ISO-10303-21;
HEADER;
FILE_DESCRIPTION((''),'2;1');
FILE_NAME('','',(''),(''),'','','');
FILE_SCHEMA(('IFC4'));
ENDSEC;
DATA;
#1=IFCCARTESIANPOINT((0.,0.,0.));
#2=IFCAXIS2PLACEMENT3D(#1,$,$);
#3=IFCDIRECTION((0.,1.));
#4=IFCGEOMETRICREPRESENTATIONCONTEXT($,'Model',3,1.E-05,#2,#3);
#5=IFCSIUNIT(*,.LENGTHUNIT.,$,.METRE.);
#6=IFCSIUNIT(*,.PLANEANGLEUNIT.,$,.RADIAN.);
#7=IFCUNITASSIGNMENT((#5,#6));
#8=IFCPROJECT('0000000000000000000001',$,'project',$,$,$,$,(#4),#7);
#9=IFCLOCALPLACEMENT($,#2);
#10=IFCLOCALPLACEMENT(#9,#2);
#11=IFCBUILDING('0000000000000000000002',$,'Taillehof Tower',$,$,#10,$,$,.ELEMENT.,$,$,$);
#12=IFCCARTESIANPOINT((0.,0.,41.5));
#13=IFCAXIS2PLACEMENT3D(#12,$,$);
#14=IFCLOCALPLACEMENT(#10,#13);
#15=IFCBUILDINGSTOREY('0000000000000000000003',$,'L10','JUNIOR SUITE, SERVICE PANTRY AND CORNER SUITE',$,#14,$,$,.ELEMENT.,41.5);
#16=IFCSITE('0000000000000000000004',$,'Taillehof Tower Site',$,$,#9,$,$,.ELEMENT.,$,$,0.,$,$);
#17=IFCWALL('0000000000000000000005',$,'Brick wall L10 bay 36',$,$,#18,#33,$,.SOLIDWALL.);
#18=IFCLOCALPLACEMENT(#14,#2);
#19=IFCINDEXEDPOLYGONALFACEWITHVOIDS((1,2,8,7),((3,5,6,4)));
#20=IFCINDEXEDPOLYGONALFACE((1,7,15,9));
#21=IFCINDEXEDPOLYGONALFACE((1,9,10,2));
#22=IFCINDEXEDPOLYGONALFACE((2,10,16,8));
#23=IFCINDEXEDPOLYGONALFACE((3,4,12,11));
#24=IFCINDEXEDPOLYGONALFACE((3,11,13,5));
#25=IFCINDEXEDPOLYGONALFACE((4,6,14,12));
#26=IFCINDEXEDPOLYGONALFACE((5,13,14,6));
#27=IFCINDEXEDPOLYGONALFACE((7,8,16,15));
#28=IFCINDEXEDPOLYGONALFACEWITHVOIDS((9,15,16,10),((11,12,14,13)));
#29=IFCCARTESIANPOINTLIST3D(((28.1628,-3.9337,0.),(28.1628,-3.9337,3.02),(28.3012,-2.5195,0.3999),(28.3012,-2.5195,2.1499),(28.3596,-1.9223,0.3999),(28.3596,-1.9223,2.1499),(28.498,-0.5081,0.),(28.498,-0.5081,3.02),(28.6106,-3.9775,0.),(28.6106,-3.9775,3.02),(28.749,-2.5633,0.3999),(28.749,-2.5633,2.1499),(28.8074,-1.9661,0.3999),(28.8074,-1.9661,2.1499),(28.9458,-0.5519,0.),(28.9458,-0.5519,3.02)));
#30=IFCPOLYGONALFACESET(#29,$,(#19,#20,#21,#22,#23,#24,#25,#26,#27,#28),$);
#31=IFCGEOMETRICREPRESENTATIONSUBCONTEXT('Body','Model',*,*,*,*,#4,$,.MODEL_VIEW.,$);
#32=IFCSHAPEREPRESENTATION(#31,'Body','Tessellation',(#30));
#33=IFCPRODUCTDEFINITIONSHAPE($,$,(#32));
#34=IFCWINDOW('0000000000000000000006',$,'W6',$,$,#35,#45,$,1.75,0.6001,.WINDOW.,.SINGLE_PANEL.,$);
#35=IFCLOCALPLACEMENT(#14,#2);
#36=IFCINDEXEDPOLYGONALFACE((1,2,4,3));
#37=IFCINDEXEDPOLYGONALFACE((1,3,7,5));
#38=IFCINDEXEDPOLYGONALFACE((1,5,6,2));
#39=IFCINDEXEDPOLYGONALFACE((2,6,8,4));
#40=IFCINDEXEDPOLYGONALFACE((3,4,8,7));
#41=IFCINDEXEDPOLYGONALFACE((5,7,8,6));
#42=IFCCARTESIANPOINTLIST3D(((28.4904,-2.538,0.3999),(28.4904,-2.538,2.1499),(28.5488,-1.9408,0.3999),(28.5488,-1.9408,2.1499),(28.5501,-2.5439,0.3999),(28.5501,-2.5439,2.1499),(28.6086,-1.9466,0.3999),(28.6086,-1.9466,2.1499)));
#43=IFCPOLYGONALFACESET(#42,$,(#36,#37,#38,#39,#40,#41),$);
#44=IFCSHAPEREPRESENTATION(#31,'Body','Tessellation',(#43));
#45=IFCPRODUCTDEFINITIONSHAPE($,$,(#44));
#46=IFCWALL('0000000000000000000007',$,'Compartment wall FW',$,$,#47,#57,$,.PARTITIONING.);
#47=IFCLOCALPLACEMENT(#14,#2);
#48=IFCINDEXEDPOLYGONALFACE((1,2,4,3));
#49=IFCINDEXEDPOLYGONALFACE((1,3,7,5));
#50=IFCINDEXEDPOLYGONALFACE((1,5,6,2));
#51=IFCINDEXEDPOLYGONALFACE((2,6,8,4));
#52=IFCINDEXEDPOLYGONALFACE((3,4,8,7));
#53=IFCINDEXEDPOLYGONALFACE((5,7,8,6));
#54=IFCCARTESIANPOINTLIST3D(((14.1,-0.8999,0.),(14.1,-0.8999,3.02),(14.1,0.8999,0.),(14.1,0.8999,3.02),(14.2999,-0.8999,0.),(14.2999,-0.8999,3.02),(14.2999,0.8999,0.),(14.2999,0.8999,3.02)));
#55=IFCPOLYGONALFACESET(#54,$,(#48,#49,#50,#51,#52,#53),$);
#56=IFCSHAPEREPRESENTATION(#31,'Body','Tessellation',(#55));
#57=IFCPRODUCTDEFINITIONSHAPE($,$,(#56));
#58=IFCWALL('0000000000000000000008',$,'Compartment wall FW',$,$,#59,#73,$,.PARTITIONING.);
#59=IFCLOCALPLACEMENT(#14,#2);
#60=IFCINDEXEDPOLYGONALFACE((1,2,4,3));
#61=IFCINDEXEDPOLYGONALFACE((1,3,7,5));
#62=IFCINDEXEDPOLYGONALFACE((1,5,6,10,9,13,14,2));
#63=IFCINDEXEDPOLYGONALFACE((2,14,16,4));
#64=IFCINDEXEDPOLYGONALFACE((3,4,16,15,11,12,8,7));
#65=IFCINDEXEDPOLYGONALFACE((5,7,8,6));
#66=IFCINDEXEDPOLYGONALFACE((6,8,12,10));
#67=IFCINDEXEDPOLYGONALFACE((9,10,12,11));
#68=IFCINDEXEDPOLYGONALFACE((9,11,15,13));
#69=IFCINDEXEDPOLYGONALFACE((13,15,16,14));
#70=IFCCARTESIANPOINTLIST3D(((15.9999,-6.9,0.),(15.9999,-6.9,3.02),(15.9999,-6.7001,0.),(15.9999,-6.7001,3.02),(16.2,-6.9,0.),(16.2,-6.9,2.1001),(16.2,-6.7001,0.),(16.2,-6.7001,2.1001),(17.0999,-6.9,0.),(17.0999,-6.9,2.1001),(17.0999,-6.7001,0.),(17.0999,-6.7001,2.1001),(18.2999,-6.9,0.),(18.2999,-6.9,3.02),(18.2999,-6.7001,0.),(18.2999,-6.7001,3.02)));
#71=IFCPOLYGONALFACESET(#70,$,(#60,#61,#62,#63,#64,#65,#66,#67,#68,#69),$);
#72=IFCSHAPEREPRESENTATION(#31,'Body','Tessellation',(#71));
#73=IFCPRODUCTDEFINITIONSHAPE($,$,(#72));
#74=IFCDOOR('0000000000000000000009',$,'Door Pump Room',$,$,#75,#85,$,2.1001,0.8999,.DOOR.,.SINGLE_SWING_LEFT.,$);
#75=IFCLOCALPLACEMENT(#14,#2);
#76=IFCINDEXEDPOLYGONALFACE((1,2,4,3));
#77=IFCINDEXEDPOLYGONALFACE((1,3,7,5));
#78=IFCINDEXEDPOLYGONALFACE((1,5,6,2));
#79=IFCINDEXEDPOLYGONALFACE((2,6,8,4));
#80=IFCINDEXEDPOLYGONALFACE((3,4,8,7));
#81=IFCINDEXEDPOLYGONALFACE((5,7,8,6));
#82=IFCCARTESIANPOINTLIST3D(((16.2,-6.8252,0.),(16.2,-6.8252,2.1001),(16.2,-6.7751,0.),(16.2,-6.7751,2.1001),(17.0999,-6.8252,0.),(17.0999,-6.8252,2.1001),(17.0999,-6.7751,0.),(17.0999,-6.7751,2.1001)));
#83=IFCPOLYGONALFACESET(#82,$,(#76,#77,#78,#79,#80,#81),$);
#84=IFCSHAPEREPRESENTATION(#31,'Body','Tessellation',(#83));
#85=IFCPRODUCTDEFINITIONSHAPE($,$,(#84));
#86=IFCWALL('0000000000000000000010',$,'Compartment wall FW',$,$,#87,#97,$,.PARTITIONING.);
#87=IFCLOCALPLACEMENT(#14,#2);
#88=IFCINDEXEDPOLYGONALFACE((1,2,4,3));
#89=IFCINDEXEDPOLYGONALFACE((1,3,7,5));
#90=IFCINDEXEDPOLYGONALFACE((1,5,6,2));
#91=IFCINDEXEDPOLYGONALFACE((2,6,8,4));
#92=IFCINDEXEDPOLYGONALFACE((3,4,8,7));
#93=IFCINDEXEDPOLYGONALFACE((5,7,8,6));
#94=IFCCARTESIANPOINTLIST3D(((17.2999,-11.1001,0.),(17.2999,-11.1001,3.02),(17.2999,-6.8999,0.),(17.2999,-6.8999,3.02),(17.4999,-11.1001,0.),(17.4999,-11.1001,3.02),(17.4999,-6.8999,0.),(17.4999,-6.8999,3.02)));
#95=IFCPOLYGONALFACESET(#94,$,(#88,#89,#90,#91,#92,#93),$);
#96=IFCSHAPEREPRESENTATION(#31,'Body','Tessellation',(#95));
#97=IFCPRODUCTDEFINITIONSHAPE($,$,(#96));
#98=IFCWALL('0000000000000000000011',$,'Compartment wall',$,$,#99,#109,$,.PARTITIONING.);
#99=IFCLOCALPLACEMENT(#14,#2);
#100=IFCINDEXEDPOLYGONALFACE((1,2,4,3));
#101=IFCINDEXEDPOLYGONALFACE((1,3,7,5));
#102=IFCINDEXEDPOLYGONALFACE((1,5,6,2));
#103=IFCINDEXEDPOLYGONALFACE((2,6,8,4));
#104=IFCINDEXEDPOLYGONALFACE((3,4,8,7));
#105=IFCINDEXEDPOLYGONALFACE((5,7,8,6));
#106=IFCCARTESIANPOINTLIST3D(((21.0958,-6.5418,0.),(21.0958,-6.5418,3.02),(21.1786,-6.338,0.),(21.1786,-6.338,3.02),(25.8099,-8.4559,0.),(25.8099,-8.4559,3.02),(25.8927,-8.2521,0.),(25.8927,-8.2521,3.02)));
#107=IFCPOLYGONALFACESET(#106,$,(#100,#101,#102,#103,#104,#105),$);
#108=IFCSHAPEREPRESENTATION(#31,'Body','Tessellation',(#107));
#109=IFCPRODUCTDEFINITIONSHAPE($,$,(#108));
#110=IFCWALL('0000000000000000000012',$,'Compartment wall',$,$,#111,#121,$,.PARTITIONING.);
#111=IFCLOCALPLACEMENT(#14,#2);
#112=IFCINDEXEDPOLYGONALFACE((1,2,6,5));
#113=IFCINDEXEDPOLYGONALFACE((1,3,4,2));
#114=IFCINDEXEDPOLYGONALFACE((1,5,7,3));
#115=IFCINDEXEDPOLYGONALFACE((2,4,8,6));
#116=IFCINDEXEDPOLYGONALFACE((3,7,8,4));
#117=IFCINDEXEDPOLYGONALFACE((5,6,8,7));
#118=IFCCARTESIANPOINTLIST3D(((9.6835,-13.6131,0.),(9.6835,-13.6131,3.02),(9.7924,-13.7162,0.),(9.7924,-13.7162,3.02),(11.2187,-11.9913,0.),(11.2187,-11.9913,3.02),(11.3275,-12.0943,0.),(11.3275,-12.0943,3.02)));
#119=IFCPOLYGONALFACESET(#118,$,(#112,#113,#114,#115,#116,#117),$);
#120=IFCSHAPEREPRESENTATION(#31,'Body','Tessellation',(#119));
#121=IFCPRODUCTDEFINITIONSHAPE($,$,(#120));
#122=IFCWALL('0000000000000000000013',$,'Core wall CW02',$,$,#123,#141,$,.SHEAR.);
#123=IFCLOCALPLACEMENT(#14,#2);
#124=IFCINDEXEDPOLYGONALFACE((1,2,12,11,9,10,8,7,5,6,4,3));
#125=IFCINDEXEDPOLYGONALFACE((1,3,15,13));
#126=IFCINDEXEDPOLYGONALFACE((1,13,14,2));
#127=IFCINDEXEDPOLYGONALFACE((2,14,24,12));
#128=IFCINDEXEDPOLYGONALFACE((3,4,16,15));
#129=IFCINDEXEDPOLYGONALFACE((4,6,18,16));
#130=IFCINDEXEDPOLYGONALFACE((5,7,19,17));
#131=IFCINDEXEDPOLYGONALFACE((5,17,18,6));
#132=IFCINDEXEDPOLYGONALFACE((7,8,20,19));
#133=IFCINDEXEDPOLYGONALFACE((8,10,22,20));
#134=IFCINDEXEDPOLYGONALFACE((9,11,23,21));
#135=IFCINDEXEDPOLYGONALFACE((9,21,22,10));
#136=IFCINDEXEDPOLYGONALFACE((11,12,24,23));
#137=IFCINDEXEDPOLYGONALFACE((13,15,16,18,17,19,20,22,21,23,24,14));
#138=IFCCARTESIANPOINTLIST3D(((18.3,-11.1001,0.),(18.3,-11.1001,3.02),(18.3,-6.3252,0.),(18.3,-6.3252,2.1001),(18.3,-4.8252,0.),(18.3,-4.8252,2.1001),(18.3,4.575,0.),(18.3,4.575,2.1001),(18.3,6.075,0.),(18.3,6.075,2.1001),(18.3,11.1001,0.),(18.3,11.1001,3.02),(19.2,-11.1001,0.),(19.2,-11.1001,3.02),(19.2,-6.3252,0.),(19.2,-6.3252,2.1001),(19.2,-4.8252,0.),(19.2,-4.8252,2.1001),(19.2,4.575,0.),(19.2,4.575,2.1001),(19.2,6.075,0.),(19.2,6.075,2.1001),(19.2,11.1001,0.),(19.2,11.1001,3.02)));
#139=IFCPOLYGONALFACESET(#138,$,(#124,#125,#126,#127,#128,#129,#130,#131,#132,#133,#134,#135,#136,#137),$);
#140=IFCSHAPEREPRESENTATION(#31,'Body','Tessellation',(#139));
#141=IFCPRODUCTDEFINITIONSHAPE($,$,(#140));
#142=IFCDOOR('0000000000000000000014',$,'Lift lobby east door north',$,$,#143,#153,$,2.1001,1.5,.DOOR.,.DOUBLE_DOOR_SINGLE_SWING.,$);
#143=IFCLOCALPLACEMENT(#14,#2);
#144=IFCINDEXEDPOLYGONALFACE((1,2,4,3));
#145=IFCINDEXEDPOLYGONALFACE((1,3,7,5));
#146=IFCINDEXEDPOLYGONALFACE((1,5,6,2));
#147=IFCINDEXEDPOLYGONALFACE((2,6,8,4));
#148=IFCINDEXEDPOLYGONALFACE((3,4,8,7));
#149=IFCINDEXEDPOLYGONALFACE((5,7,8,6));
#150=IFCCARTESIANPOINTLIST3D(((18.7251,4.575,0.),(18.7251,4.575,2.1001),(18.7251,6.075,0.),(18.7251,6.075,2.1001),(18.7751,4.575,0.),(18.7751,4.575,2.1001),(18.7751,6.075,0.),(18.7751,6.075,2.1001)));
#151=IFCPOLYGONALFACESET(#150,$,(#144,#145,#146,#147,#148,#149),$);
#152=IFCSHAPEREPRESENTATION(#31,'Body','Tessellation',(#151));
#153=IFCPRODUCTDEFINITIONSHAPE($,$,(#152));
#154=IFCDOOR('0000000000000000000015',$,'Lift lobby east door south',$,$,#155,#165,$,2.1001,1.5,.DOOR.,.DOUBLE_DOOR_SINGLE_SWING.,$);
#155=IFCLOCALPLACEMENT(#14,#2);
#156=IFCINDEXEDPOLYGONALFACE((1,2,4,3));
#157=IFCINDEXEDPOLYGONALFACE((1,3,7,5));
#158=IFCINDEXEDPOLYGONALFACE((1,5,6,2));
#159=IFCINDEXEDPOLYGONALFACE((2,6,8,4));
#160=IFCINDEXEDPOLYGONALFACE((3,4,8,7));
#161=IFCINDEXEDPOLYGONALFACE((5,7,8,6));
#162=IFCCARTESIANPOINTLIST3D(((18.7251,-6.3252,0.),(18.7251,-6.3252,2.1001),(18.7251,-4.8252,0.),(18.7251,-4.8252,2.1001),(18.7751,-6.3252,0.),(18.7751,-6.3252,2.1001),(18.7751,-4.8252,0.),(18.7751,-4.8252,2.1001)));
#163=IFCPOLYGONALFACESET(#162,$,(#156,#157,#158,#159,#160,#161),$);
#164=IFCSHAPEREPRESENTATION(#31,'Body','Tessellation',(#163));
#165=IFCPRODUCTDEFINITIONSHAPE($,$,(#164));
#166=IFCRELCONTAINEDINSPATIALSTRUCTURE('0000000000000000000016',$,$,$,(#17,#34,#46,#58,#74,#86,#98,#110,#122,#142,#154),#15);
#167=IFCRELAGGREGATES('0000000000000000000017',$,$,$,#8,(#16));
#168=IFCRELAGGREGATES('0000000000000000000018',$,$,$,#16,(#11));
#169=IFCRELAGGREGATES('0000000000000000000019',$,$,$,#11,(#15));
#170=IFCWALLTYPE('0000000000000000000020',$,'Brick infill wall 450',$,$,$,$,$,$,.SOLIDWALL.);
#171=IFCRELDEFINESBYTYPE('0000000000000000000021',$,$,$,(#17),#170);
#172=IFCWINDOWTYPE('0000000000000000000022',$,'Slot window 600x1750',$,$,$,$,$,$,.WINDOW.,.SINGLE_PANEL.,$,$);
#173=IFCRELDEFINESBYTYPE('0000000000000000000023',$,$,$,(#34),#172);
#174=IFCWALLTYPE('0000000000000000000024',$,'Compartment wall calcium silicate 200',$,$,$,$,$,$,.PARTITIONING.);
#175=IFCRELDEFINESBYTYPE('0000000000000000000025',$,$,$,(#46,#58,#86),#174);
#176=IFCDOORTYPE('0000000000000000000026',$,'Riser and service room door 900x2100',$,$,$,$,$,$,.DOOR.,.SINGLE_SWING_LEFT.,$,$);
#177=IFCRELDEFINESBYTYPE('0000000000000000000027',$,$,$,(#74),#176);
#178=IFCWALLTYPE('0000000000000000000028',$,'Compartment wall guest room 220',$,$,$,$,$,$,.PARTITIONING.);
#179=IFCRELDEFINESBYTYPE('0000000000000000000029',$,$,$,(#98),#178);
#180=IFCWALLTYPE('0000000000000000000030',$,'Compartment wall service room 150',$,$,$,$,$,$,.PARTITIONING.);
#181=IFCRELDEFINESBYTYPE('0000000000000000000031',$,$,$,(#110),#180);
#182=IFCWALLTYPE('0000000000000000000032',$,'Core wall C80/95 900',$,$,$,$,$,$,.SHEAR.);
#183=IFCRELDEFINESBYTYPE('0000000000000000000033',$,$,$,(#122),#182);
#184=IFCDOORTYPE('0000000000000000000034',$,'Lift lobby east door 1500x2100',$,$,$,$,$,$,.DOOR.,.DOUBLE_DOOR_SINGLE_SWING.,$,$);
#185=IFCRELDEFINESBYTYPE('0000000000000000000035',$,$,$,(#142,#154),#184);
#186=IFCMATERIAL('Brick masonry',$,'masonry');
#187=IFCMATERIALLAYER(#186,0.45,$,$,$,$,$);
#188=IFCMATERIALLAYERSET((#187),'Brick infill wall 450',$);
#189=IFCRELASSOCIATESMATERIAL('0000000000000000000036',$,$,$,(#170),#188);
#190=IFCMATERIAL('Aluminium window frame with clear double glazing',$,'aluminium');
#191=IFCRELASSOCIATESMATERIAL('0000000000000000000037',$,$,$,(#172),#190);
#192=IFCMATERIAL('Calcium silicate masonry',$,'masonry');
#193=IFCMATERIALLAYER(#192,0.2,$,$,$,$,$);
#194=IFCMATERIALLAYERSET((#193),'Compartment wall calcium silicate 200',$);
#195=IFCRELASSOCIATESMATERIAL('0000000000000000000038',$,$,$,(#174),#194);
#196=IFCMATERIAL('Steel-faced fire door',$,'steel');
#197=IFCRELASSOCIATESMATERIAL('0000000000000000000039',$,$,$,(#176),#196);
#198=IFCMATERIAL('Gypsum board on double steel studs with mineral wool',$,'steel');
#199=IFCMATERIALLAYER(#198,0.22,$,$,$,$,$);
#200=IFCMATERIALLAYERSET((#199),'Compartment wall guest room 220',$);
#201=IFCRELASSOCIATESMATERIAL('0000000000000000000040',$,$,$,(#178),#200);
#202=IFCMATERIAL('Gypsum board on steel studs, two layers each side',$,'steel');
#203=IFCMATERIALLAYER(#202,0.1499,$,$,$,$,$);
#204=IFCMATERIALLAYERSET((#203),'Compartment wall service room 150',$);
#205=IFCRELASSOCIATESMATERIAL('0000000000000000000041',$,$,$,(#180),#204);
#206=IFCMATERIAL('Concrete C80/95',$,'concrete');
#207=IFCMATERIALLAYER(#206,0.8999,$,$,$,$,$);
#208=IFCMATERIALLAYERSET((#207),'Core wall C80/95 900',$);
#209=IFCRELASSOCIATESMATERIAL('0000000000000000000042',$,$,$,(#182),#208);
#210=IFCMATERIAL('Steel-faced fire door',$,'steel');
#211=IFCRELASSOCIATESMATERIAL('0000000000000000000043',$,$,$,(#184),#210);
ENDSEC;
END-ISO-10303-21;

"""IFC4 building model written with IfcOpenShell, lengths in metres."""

from ifc_helpers import new_model, si_unit, direction, frame, frame_2d, origin, place, context, subcontext, project, spatial, rectangle, extrude, material, layer, layer_set, type_object, element, fill, save


model = new_model("IFC4")

# Units and contexts
model_context = context("Model", 3, precision=1e-05, world=origin(), true_north=direction((0.0, 1.0)))
body_context = subcontext(model_context, "Body", "Model", "MODEL_VIEW")
ifc_project = project(units=[si_unit("LENGTHUNIT", "METRE"), si_unit("PLANEANGLEUNIT", "RADIAN")], contexts=[model_context])

# Site, building, storey
site_placement = place(None, origin())
site = spatial("IfcSite", under=ifc_project, at=site_placement, Name="Taillehof Tower Site", CompositionType="ELEMENT", RefElevation=0.0)
building_placement = place(site_placement, origin())
building = spatial("IfcBuilding", under=site, at=building_placement, Name="Taillehof Tower", CompositionType="ELEMENT")
storey_placement = place(building_placement, frame((0.0, 0.0, 41.5)))
storey = spatial("IfcBuildingStorey", under=building, at=storey_placement, Name="L10", Description="JUNIOR SUITE, SERVICE PANTRY AND CORNER SUITE", CompositionType="ELEMENT", Elevation=41.5)

# Shared definitions
ifc_material_1 = material(Name="Brick masonry", Category="masonry")
ifc_layer_1 = layer(ifc_material_1, 0.45)
ifc_layer_set_1 = layer_set([ifc_layer_1], Name="Brick infill wall 450")
wall_type_1 = type_object("IfcWallType", Name="Brick infill wall 450", PredefinedType="SOLIDWALL", material=ifc_layer_set_1)
ifc_material_2 = material(Name="Aluminium window frame with clear double glazing", Category="aluminium")
window_type = type_object("IfcWindowType", Name="Slot window 600x1750", PartitioningType="SINGLE_PANEL", PredefinedType="WINDOW", material=ifc_material_2)

# Wall, opening, window
wall_1_placement = place(storey_placement, frame((28.3867, -3.9556, 0.0), z_axis=(0.0, 0.0, 1.0), x_axis=(0.09739, 0.995246, 0.0)))
wall_1 = element("IfcWall", 1, at=wall_1_placement, inside=storey, type_object=wall_type_1, Name="Brick wall L10 bay 36", PredefinedType="SOLIDWALL", context=body_context, shape_type="SweptSolid", body=[
    extrude(rectangle(XDim=3.4419, YDim=0.45, at=frame_2d((1.7209, 0.0))), origin(), (0.0, 0.0, 1.0), 3.02),
])
opening_1_placement = place(wall_1_placement, frame((1.4209, 0.0, 0.3999)))
opening_1 = element("IfcOpeningElement", 2, at=opening_1_placement, cuts=wall_1, PredefinedType="OPENING", context=body_context, shape_type="SweptSolid", body=[
    extrude(rectangle(XDim=0.6001, YDim=1.75, at=frame_2d((0.3, 0.875))), frame((0.0, 0.2349, 0.0), z_axis=(0.0, -1.0, 0.0), x_axis=(1.0, 0.0, 0.0)), (0.0, 0.0, 1.0), 0.47),
])
window_1_placement = place(opening_1_placement, origin())
window_1 = element("IfcWindow", 3, at=window_1_placement, inside=storey, type_object=window_type, Name="W6", OverallHeight=1.75, OverallWidth=0.6001, PartitioningType="SINGLE_PANEL", PredefinedType="WINDOW", context=body_context, shape_type="SweptSolid", body=[
    extrude(rectangle(XDim=0.6001, YDim=1.75, at=frame_2d((0.3, 0.875))), frame((0.0, 0.0349, 0.0), z_axis=(0.0, -1.0, 0.0), x_axis=(1.0, 0.0, 0.0)), (0.0, 0.0, 1.0), 0.0601),
])
fill(opening_1, window_1)

# Wall
ifc_material_3 = material(Name="Calcium silicate masonry", Category="masonry")
ifc_layer_2 = layer(ifc_material_3, 0.2)
ifc_layer_set_2 = layer_set([ifc_layer_2], Name="Compartment wall calcium silicate 200")
wall_type_2 = type_object("IfcWallType", Name="Compartment wall calcium silicate 200", PredefinedType="PARTITIONING", material=ifc_layer_set_2)
wall_2_placement = place(storey_placement, frame((14.2, -0.8999, 0.0), z_axis=(0.0, 0.0, 1.0), x_axis=(0.0, 1.0, 0.0)))
element("IfcWall", 4, at=wall_2_placement, inside=storey, type_object=wall_type_2, Name="Compartment wall FW", PredefinedType="PARTITIONING", context=body_context, shape_type="SweptSolid", body=[
    extrude(rectangle(XDim=1.7998, YDim=0.2, at=frame_2d((0.8999, 0.0))), origin(), (0.0, 0.0, 1.0), 3.02),
])

# Wall, opening, door
wall_3_placement = place(storey_placement, frame((16.0, -6.8, 0.0), z_axis=(0.0, 0.0, 1.0), x_axis=(1.0, 0.0, 0.0)))
wall_3 = element("IfcWall", 5, at=wall_3_placement, inside=storey, type_object=wall_type_2, Name="Compartment wall FW", PredefinedType="PARTITIONING", context=body_context, shape_type="SweptSolid", body=[
    extrude(rectangle(XDim=2.3, YDim=0.2, at=frame_2d((1.1499, 0.0))), origin(), (0.0, 0.0, 1.0), 3.02),
])
opening_2_placement = place(wall_3_placement, frame((0.2, 0.0, 0.0)))
opening_2 = element("IfcOpeningElement", 6, at=opening_2_placement, cuts=wall_3, PredefinedType="OPENING", context=body_context, shape_type="SweptSolid", body=[
    extrude(rectangle(XDim=0.8999, YDim=2.1001, at=frame_2d((0.45, 1.05))), frame((0.0, 0.1099, 0.0), z_axis=(0.0, -1.0, 0.0), x_axis=(1.0, 0.0, 0.0)), (0.0, 0.0, 1.0), 0.22),
])
ifc_material_4 = material(Name="Steel-faced fire door", Category="steel")
door_type_1 = type_object("IfcDoorType", Name="Riser and service room door 900x2100", OperationType="SINGLE_SWING_LEFT", PredefinedType="DOOR", material=ifc_material_4)
door_1_placement = place(opening_2_placement, origin())
door_1 = element("IfcDoor", 7, at=door_1_placement, inside=storey, type_object=door_type_1, Name="Door Pump Room", OperationType="SINGLE_SWING_LEFT", OverallHeight=2.1001, OverallWidth=0.8999, PredefinedType="DOOR", context=body_context, shape_type="SweptSolid", body=[
    extrude(rectangle(XDim=0.8999, YDim=2.1001, at=frame_2d((0.45, 1.05))), frame((0.0, 0.0249, 0.0), z_axis=(0.0, -1.0, 0.0), x_axis=(1.0, 0.0, 0.0)), (0.0, 0.0, 1.0), 0.05),
])
fill(opening_2, door_1)

# Walls
wall_4_placement = place(storey_placement, frame((17.3999, -11.1001, 0.0), z_axis=(0.0, 0.0, 1.0), x_axis=(0.0, 1.0, 0.0)))
element("IfcWall", 8, at=wall_4_placement, inside=storey, type_object=wall_type_2, Name="Compartment wall FW", PredefinedType="PARTITIONING", context=body_context, shape_type="SweptSolid", body=[
    extrude(rectangle(XDim=4.2002, YDim=0.2, at=frame_2d((2.1001, 0.0))), origin(), (0.0, 0.0, 1.0), 3.02),
])
ifc_material_5 = material(Name="Gypsum board on double steel studs with mineral wool", Category="steel")
ifc_layer_3 = layer(ifc_material_5, 0.22)
ifc_layer_set_3 = layer_set([ifc_layer_3], Name="Compartment wall guest room 220")
wall_type_3 = type_object("IfcWallType", Name="Compartment wall guest room 220", PredefinedType="PARTITIONING", material=ifc_layer_set_3)
wall_5_placement = place(storey_placement, frame((25.8513, -8.354, 0.0), z_axis=(0.0, 0.0, 1.0), x_axis=(-0.926538, 0.376201, 0.0)))
element("IfcWall", 9, at=wall_5_placement, inside=storey, type_object=wall_type_3, Name="Compartment wall", PredefinedType="PARTITIONING", context=body_context, shape_type="SweptSolid", body=[
    extrude(rectangle(XDim=5.0879, YDim=0.22, at=frame_2d((2.5439, 0.0))), origin(), (0.0, 0.0, 1.0), 3.02),
])
ifc_material_6 = material(Name="Gypsum board on steel studs, two layers each side", Category="steel")
ifc_layer_4 = layer(ifc_material_6, 0.1499)
ifc_layer_set_4 = layer_set([ifc_layer_4], Name="Compartment wall service room 150")
wall_type_4 = type_object("IfcWallType", Name="Compartment wall service room 150", PredefinedType="PARTITIONING", material=ifc_layer_set_4)
wall_6_placement = place(storey_placement, frame((11.2732, -12.0427, 0.0), z_axis=(0.0, 0.0, 1.0), x_axis=(-0.687435, -0.726246, 0.0)))
element("IfcWall", 10, at=wall_6_placement, inside=storey, type_object=wall_type_4, Name="Compartment wall", PredefinedType="PARTITIONING", context=body_context, shape_type="SweptSolid", body=[
    extrude(rectangle(XDim=2.2332, YDim=0.1499, at=frame_2d((1.1167, 0.0))), origin(), (0.0, 0.0, 1.0), 3.02),
])

# Wall, openings, doors
ifc_material_7 = material(Name="Concrete C80/95", Category="concrete")
ifc_layer_5 = layer(ifc_material_7, 0.8999)
ifc_layer_set_5 = layer_set([ifc_layer_5], Name="Core wall C80/95 900")
wall_type_5 = type_object("IfcWallType", Name="Core wall C80/95 900", PredefinedType="SHEAR", material=ifc_layer_set_5)
wall_7_placement = place(storey_placement, frame((18.75, -11.1001, 0.0), z_axis=(0.0, 0.0, 1.0), x_axis=(0.0, 1.0, 0.0)))
wall_7 = element("IfcWall", 11, at=wall_7_placement, inside=storey, type_object=wall_type_5, Name="Core wall CW02", PredefinedType="SHEAR", context=body_context, shape_type="SweptSolid", body=[
    extrude(rectangle(XDim=22.2002, YDim=0.8999, at=frame_2d((11.1001, 0.0))), origin(), (0.0, 0.0, 1.0), 3.02),
])
opening_3_placement = place(wall_7_placement, frame((15.675, 0.0, 0.0)))
opening_3 = element("IfcOpeningElement", 12, at=opening_3_placement, cuts=wall_7, PredefinedType="OPENING", context=body_context, shape_type="SweptSolid", body=[
    extrude(rectangle(XDim=1.5, YDim=2.1001, at=frame_2d((0.75, 1.05))), frame((0.0, 0.46, 0.0), z_axis=(0.0, -1.0, 0.0), x_axis=(1.0, 0.0, 0.0)), (0.0, 0.0, 1.0), 0.9199),
])
opening_4_placement = place(wall_7_placement, frame((4.7749, 0.0, 0.0)))
opening_4 = element("IfcOpeningElement", 13, at=opening_4_placement, cuts=wall_7, PredefinedType="OPENING", context=body_context, shape_type="SweptSolid", body=[
    extrude(rectangle(XDim=1.5, YDim=2.1001, at=frame_2d((0.75, 1.05))), frame((0.0, 0.46, 0.0), z_axis=(0.0, -1.0, 0.0), x_axis=(1.0, 0.0, 0.0)), (0.0, 0.0, 1.0), 0.9199),
])
ifc_material_8 = material(Name="Steel-faced fire door", Category="steel")
door_type_2 = type_object("IfcDoorType", Name="Lift lobby east door 1500x2100", OperationType="DOUBLE_DOOR_SINGLE_SWING", PredefinedType="DOOR", material=ifc_material_8)
door_2_placement = place(opening_3_placement, origin())
door_2 = element("IfcDoor", 14, at=door_2_placement, inside=storey, type_object=door_type_2, Name="Lift lobby east door north", OperationType="DOUBLE_DOOR_SINGLE_SWING", OverallHeight=2.1001, OverallWidth=1.5, PredefinedType="DOOR", context=body_context, shape_type="SweptSolid", body=[
    extrude(rectangle(XDim=1.5, YDim=2.1001, at=frame_2d((0.75, 1.05))), frame((0.0, 0.0249, 0.0), z_axis=(0.0, -1.0, 0.0), x_axis=(1.0, 0.0, 0.0)), (0.0, 0.0, 1.0), 0.05),
])
fill(opening_3, door_2)
door_3_placement = place(opening_4_placement, origin())
door_3 = element("IfcDoor", 15, at=door_3_placement, inside=storey, type_object=door_type_2, Name="Lift lobby east door south", OperationType="DOUBLE_DOOR_SINGLE_SWING", OverallHeight=2.1001, OverallWidth=1.5, PredefinedType="DOOR", context=body_context, shape_type="SweptSolid", body=[
    extrude(rectangle(XDim=1.5, YDim=2.1001, at=frame_2d((0.75, 1.05))), frame((0.0, 0.0249, 0.0), z_axis=(0.0, -1.0, 0.0), x_axis=(1.0, 0.0, 0.0)), (0.0, 0.0, 1.0), 0.05),
])
fill(opening_4, door_3)

save(model, "model.ifc")
